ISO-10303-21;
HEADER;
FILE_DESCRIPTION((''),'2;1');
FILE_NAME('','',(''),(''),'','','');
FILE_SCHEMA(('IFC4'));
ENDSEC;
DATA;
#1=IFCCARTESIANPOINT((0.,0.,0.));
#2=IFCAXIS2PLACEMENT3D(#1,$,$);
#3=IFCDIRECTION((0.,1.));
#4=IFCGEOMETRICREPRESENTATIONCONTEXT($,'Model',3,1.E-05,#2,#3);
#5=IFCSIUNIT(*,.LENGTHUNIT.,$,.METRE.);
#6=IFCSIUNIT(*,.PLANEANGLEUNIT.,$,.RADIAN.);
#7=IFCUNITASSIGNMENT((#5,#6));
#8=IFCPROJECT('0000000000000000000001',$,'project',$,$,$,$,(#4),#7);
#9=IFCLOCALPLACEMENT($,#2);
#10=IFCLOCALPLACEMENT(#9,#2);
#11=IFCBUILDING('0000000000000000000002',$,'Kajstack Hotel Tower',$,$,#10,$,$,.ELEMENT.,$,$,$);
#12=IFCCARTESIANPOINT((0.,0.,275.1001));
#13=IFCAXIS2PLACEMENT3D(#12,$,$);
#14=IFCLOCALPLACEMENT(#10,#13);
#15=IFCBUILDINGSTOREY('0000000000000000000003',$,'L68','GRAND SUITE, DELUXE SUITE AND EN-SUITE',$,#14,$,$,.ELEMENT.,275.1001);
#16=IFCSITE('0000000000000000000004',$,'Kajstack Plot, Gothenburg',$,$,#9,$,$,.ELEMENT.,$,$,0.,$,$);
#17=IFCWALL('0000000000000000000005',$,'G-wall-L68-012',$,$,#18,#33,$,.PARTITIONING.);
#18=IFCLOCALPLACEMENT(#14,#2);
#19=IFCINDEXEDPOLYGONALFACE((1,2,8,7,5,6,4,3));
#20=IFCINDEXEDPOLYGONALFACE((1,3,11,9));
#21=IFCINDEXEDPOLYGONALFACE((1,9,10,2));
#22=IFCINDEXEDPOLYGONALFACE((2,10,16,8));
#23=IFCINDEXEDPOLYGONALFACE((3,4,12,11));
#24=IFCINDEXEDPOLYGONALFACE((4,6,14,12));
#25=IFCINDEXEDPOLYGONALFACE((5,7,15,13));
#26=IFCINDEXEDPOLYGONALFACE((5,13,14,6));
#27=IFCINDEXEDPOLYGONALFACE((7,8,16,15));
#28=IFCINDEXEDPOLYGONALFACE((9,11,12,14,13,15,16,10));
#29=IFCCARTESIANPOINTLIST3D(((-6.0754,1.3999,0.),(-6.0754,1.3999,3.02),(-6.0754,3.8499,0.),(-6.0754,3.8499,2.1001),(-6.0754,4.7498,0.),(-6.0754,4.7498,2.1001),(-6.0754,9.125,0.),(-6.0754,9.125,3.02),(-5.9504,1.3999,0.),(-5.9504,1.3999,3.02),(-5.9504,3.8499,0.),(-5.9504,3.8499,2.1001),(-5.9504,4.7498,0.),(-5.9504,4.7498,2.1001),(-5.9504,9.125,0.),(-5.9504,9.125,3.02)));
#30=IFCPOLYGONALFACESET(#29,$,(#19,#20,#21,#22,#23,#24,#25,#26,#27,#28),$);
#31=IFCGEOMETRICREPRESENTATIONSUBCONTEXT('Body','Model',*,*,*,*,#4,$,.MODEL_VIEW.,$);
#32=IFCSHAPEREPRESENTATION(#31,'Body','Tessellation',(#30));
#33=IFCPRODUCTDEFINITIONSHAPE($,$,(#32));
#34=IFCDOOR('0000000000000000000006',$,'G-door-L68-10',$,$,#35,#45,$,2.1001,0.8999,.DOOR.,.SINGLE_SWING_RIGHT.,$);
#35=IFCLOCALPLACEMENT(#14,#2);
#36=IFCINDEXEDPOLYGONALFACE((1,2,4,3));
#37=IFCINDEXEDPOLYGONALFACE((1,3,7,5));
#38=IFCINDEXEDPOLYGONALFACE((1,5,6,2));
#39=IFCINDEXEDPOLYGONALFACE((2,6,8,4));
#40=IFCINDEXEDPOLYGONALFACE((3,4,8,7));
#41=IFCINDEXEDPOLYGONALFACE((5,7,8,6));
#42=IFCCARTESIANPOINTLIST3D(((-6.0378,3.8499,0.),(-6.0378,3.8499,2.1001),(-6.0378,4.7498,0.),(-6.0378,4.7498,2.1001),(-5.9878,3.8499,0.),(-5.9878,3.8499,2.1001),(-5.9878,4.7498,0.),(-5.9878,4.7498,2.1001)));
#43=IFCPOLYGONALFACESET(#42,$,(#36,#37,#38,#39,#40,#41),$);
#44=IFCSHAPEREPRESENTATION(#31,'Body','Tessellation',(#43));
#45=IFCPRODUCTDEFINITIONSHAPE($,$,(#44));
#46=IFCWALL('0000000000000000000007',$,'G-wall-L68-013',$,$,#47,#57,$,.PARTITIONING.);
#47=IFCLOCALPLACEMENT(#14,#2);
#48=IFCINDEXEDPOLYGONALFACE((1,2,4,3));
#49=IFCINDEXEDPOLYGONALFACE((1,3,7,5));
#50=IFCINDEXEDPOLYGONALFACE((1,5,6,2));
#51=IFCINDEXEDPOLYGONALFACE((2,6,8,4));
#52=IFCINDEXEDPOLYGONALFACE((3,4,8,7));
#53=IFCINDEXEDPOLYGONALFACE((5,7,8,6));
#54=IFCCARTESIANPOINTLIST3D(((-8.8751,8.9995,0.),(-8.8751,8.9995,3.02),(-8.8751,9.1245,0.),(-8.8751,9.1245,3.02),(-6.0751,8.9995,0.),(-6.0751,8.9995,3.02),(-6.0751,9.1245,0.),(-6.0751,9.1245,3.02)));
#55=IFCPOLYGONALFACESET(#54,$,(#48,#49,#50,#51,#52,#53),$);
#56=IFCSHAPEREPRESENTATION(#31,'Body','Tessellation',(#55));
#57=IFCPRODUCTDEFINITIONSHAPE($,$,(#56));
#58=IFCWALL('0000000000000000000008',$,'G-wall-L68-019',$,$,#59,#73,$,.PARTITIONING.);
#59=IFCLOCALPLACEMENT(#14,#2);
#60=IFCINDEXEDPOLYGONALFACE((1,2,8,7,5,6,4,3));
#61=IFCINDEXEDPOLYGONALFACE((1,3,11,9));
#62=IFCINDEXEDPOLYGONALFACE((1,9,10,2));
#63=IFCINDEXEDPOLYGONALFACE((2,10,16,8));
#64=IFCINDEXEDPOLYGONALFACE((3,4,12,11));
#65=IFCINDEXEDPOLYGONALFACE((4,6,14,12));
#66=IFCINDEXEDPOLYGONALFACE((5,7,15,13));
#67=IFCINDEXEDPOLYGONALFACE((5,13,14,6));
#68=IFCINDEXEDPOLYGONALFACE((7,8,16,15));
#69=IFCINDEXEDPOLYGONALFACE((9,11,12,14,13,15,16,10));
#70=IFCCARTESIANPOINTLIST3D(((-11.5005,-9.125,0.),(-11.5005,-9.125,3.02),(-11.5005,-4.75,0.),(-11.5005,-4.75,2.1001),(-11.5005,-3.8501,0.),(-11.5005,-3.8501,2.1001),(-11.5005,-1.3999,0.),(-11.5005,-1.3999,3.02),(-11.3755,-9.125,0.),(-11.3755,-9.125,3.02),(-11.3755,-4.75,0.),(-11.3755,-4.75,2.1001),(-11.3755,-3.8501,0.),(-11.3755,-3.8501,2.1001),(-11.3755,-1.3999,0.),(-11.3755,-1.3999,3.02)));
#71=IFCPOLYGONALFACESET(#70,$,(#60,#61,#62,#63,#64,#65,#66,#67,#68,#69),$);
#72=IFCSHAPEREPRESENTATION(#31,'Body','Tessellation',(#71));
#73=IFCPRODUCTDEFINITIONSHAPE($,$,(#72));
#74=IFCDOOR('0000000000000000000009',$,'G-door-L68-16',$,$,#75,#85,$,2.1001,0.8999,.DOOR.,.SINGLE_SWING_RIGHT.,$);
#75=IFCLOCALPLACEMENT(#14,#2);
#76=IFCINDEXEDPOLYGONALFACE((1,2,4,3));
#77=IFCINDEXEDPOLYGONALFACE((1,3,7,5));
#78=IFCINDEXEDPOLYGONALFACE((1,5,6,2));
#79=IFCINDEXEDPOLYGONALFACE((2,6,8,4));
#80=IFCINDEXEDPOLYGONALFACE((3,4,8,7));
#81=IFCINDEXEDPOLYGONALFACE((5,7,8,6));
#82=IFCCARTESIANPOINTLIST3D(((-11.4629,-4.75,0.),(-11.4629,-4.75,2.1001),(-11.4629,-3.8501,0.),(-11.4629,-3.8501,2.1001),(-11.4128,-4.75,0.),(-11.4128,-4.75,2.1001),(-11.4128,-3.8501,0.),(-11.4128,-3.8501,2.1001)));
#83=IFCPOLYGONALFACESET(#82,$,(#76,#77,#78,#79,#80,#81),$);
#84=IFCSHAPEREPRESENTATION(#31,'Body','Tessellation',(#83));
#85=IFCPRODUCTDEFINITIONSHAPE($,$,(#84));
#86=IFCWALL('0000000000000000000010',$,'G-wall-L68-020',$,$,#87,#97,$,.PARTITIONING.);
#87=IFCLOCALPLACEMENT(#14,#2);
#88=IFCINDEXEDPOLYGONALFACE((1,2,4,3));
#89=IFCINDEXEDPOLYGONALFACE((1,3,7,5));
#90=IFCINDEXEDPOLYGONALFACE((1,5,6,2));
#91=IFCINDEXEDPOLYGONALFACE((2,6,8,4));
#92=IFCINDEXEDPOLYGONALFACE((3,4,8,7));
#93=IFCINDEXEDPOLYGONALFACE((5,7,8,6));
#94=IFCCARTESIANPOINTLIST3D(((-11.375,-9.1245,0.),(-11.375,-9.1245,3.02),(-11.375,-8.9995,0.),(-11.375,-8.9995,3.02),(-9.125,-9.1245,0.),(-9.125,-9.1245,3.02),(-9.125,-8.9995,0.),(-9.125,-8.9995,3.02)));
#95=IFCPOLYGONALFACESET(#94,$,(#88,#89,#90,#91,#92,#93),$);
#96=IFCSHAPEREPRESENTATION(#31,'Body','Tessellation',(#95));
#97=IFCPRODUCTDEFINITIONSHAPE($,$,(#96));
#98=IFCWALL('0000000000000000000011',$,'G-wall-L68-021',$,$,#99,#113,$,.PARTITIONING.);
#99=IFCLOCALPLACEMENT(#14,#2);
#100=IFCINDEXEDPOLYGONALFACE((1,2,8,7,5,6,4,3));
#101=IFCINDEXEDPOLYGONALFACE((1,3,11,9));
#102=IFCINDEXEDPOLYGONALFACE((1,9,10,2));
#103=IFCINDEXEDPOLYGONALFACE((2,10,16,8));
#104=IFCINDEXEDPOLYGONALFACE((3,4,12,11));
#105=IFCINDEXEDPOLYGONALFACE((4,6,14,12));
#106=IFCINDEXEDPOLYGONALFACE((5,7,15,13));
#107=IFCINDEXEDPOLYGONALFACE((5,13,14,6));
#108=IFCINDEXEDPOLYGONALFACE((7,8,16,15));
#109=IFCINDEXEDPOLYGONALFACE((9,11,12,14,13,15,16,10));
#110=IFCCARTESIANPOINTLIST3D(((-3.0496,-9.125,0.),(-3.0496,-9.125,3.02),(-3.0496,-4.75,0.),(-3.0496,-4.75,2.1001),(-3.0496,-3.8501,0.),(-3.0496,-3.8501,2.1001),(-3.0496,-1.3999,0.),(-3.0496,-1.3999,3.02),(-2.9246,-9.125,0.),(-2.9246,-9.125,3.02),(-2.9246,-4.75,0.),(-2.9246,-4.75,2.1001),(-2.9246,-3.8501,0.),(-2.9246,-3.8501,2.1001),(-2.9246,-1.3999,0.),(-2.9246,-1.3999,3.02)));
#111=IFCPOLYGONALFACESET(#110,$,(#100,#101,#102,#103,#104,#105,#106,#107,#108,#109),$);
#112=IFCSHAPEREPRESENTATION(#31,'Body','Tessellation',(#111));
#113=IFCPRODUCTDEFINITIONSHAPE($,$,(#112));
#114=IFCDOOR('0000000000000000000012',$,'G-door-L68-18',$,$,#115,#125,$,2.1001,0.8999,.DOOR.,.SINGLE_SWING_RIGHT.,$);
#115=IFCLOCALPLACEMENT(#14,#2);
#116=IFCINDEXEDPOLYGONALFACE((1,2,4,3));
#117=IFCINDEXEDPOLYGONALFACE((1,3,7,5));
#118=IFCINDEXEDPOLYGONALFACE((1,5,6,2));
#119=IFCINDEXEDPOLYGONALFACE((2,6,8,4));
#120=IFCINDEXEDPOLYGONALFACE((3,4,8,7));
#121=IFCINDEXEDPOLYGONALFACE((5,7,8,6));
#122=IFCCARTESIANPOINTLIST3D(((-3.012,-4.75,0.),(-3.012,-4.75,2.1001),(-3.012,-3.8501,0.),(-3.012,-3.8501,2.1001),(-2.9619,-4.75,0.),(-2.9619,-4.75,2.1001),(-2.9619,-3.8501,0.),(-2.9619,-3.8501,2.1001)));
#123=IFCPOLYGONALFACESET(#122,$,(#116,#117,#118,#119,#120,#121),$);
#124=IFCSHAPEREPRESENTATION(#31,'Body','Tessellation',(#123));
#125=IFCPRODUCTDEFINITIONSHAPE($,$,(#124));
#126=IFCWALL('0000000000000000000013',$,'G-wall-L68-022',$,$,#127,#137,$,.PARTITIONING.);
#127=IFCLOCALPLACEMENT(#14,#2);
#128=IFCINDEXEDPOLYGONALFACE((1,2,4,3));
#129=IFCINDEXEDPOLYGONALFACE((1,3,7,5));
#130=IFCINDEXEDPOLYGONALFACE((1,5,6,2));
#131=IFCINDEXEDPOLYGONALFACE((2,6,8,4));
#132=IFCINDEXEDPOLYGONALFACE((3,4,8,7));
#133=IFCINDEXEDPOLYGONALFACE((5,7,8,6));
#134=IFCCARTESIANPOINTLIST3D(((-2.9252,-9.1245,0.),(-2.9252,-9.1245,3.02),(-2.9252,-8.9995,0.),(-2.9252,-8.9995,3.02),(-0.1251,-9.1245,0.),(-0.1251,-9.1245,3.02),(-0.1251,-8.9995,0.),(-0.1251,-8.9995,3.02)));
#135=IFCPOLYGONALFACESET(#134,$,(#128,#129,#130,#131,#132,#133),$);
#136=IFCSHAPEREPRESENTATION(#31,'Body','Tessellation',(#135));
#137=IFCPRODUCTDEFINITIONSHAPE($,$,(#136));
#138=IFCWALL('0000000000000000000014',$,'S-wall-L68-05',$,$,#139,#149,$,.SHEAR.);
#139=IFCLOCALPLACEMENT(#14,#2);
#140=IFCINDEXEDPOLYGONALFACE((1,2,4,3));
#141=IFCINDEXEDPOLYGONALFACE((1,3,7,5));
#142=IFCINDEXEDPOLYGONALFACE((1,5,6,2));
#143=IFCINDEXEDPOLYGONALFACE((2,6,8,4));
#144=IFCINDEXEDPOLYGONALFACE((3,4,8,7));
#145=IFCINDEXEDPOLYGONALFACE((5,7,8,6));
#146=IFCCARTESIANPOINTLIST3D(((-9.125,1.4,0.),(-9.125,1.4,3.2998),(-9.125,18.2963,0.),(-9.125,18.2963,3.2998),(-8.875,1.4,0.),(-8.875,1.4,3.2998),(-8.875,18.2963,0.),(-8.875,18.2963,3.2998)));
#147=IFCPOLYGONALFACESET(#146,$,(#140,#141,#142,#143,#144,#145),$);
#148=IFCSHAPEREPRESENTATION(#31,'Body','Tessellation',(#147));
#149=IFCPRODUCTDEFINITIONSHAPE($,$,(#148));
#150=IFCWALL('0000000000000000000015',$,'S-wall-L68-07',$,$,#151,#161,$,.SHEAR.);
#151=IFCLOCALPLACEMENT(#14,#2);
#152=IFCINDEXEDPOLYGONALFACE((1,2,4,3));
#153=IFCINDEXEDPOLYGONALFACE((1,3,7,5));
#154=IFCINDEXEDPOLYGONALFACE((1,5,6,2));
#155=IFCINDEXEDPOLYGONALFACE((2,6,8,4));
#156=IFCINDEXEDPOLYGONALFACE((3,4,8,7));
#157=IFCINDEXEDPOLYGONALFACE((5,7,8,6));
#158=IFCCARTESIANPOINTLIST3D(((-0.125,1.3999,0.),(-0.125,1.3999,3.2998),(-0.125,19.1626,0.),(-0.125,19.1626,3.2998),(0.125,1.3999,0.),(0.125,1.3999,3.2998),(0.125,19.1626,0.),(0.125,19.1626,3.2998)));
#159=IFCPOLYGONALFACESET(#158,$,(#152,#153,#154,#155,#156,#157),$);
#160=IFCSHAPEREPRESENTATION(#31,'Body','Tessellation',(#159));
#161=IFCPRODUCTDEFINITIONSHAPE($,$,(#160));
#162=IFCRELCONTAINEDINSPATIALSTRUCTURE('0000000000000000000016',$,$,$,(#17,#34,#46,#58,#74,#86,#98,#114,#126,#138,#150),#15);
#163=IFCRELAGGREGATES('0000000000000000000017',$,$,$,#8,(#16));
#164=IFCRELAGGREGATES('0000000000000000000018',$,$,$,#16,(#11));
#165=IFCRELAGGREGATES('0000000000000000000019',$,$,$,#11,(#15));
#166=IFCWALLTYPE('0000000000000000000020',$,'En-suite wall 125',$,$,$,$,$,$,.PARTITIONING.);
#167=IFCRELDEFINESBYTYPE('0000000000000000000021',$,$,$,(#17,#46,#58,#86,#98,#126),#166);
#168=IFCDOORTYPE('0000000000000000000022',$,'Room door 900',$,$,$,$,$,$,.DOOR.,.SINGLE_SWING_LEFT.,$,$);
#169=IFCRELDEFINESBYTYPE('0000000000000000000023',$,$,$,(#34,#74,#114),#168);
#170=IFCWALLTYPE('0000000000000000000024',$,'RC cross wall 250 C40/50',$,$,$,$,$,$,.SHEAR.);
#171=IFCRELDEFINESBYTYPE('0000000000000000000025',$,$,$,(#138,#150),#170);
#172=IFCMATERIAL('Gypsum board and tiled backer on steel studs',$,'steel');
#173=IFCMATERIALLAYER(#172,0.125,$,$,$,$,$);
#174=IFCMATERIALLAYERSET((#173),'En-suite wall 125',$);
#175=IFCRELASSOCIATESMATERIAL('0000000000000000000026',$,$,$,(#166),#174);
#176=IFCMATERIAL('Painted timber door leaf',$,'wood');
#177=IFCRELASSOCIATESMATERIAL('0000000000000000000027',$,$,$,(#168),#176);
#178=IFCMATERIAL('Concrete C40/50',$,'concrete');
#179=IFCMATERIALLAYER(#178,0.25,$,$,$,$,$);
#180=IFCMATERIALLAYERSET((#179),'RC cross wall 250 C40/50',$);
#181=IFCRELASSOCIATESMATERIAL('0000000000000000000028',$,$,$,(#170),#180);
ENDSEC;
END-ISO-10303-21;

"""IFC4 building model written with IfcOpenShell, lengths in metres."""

from ifc_helpers import new_model, si_unit, direction, frame, frame_2d, origin, place, context, subcontext, project, spatial, rectangle, extrude, material, layer, layer_set, type_object, element, fill, save


model = new_model("IFC4")

# Units and contexts
model_context = context("Model", 3, precision=1e-05, world=origin(), true_north=direction((0.0, 1.0)))
body_context = subcontext(model_context, "Body", "Model", "MODEL_VIEW")
ifc_project = project(units=[si_unit("LENGTHUNIT", "METRE"), si_unit("PLANEANGLEUNIT", "RADIAN")], contexts=[model_context])

# Site, building, storey
site_placement = place(None, origin())
site = spatial("IfcSite", under=ifc_project, at=site_placement, Name="Kajstack Plot, Gothenburg", CompositionType="ELEMENT", RefElevation=0.0)
building_placement = place(site_placement, origin())
building = spatial("IfcBuilding", under=site, at=building_placement, Name="Kajstack Hotel Tower", CompositionType="ELEMENT")
storey_placement = place(building_placement, frame((0.0, 0.0, 275.1001)))
storey = spatial("IfcBuildingStorey", under=building, at=storey_placement, Name="L68", Description="GRAND SUITE, DELUXE SUITE AND EN-SUITE", CompositionType="ELEMENT", Elevation=275.1001)

# Wall, opening, door
ifc_material_1 = material(Name="Gypsum board and tiled backer on steel studs", Category="steel")
ifc_layer_1 = layer(ifc_material_1, 0.125)
ifc_layer_set_1 = layer_set([ifc_layer_1], Name="En-suite wall 125")
wall_type_1 = type_object("IfcWallType", Name="En-suite wall 125", PredefinedType="PARTITIONING", material=ifc_layer_set_1)
wall_1_placement = place(storey_placement, frame((-6.0129, 1.3999, 0.0), z_axis=(0.0, 0.0, 1.0), x_axis=(0.0, 1.0, 0.0)))
wall_1 = element("IfcWall", 1, at=wall_1_placement, inside=storey, type_object=wall_type_1, Name="G-wall-L68-012", PredefinedType="PARTITIONING", context=body_context, shape_type="SweptSolid", body=[
    extrude(rectangle(XDim=7.7251, YDim=0.125, at=frame_2d((3.8625, 0.0))), origin(), (0.0, 0.0, 1.0), 3.02),
])
opening_1_placement = place(wall_1_placement, frame((2.45, 0.0, 0.0)))
opening_1 = element("IfcOpeningElement", 2, at=opening_1_placement, cuts=wall_1, PredefinedType="OPENING", context=body_context, shape_type="SweptSolid", body=[
    extrude(rectangle(XDim=0.8999, YDim=2.1001, at=frame_2d((0.45, 1.05))), frame((0.0, 0.0725, 0.0), z_axis=(0.0, -1.0, 0.0), x_axis=(1.0, 0.0, 0.0)), (0.0, 0.0, 1.0), 0.145),
])
ifc_material_2 = material(Name="Painted timber door leaf", Category="wood")
door_type_1 = type_object("IfcDoorType", Name="Room door 900", OperationType="SINGLE_SWING_LEFT", PredefinedType="DOOR", material=ifc_material_2)
door_1_placement = place(opening_1_placement, origin())
door_1 = element("IfcDoor", 3, at=door_1_placement, inside=storey, type_object=door_type_1, Name="G-door-L68-10", OperationType="SINGLE_SWING_RIGHT", OverallHeight=2.1001, OverallWidth=0.8999, PredefinedType="DOOR", context=body_context, shape_type="SweptSolid", body=[
    extrude(rectangle(XDim=0.8999, YDim=2.1001, at=frame_2d((0.45, 1.05))), frame((0.0, 0.0249, 0.0), z_axis=(0.0, -1.0, 0.0), x_axis=(1.0, 0.0, 0.0)), (0.0, 0.0, 1.0), 0.05),
])
fill(opening_1, door_1)

# Wall
wall_2_placement = place(storey_placement, frame((-8.875, 9.062, 0.0), z_axis=(0.0, 0.0, 1.0), x_axis=(1.0, 0.0, 0.0)))
element("IfcWall", 4, at=wall_2_placement, inside=storey, type_object=wall_type_1, Name="G-wall-L68-013", PredefinedType="PARTITIONING", context=body_context, shape_type="SweptSolid", body=[
    extrude(rectangle(XDim=2.8, YDim=0.125, at=frame_2d((1.3999, 0.0))), origin(), (0.0, 0.0, 1.0), 3.02),
])

# Wall, opening, door
wall_3_placement = place(storey_placement, frame((-11.438, -9.125, 0.0), z_axis=(0.0, 0.0, 1.0), x_axis=(0.0, 1.0, 0.0)))
wall_3 = element("IfcWall", 5, at=wall_3_placement, inside=storey, type_object=wall_type_1, Name="G-wall-L68-019", PredefinedType="PARTITIONING", context=body_context, shape_type="SweptSolid", body=[
    extrude(rectangle(XDim=7.7251, YDim=0.125, at=frame_2d((3.8625, 0.0))), origin(), (0.0, 0.0, 1.0), 3.02),
])
opening_2_placement = place(wall_3_placement, frame((4.375, 0.0, 0.0)))
opening_2 = element("IfcOpeningElement", 6, at=opening_2_placement, cuts=wall_3, PredefinedType="OPENING", context=body_context, shape_type="SweptSolid", body=[
    extrude(rectangle(XDim=0.8999, YDim=2.1001, at=frame_2d((0.45, 1.05))), frame((0.0, 0.0725, 0.0), z_axis=(0.0, -1.0, 0.0), x_axis=(1.0, 0.0, 0.0)), (0.0, 0.0, 1.0), 0.145),
])
door_2_placement = place(opening_2_placement, origin())
door_2 = element("IfcDoor", 7, at=door_2_placement, inside=storey, type_object=door_type_1, Name="G-door-L68-16", OperationType="SINGLE_SWING_RIGHT", OverallHeight=2.1001, OverallWidth=0.8999, PredefinedType="DOOR", context=body_context, shape_type="SweptSolid", body=[
    extrude(rectangle(XDim=0.8999, YDim=2.1001, at=frame_2d((0.45, 1.05))), frame((0.0, 0.0249, 0.0), z_axis=(0.0, -1.0, 0.0), x_axis=(1.0, 0.0, 0.0)), (0.0, 0.0, 1.0), 0.05),
])
fill(opening_2, door_2)

# Wall
wall_4_placement = place(storey_placement, frame((-11.375, -9.062, 0.0), z_axis=(0.0, 0.0, 1.0), x_axis=(1.0, 0.0, 0.0)))
element("IfcWall", 8, at=wall_4_placement, inside=storey, type_object=wall_type_1, Name="G-wall-L68-020", PredefinedType="PARTITIONING", context=body_context, shape_type="SweptSolid", body=[
    extrude(rectangle(XDim=2.25, YDim=0.125, at=frame_2d((1.125, 0.0))), origin(), (0.0, 0.0, 1.0), 3.02),
])

# Wall, opening, door
wall_5_placement = place(storey_placement, frame((-2.9871, -9.125, 0.0), z_axis=(0.0, 0.0, 1.0), x_axis=(0.0, 1.0, 0.0)))
wall_5 = element("IfcWall", 9, at=wall_5_placement, inside=storey, type_object=wall_type_1, Name="G-wall-L68-021", PredefinedType="PARTITIONING", context=body_context, shape_type="SweptSolid", body=[
    extrude(rectangle(XDim=7.7251, YDim=0.125, at=frame_2d((3.8625, 0.0))), origin(), (0.0, 0.0, 1.0), 3.02),
])
opening_3_placement = place(wall_5_placement, frame((4.375, 0.0, 0.0)))
opening_3 = element("IfcOpeningElement", 10, at=opening_3_placement, cuts=wall_5, PredefinedType="OPENING", context=body_context, shape_type="SweptSolid", body=[
    extrude(rectangle(XDim=0.8999, YDim=2.1001, at=frame_2d((0.45, 1.05))), frame((0.0, 0.0725, 0.0), z_axis=(0.0, -1.0, 0.0), x_axis=(1.0, 0.0, 0.0)), (0.0, 0.0, 1.0), 0.145),
])
door_3_placement = place(opening_3_placement, origin())
door_3 = element("IfcDoor", 11, at=door_3_placement, inside=storey, type_object=door_type_1, Name="G-door-L68-18", OperationType="SINGLE_SWING_RIGHT", OverallHeight=2.1001, OverallWidth=0.8999, PredefinedType="DOOR", context=body_context, shape_type="SweptSolid", body=[
    extrude(rectangle(XDim=0.8999, YDim=2.1001, at=frame_2d((0.45, 1.05))), frame((0.0, 0.0249, 0.0), z_axis=(0.0, -1.0, 0.0), x_axis=(1.0, 0.0, 0.0)), (0.0, 0.0, 1.0), 0.05),
])
fill(opening_3, door_3)

# Walls
wall_6_placement = place(storey_placement, frame((-2.925, -9.062, 0.0), z_axis=(0.0, 0.0, 1.0), x_axis=(1.0, 0.0, 0.0)))
element("IfcWall", 12, at=wall_6_placement, inside=storey, type_object=wall_type_1, Name="G-wall-L68-022", PredefinedType="PARTITIONING", context=body_context, shape_type="SweptSolid", body=[
    extrude(rectangle(XDim=2.8, YDim=0.125, at=frame_2d((1.3999, 0.0))), origin(), (0.0, 0.0, 1.0), 3.02),
])
ifc_material_3 = material(Name="Concrete C40/50", Category="concrete")
ifc_layer_2 = layer(ifc_material_3, 0.25)
ifc_layer_set_2 = layer_set([ifc_layer_2], Name="RC cross wall 250 C40/50")
wall_type_2 = type_object("IfcWallType", Name="RC cross wall 250 C40/50", PredefinedType="SHEAR", material=ifc_layer_set_2)
wall_7_placement = place(storey_placement, frame((-9.0, 1.3999, 0.0), z_axis=(0.0, 0.0, 1.0), x_axis=(0.0, 1.0, 0.0)))
element("IfcWall", 13, at=wall_7_placement, inside=storey, type_object=wall_type_2, Name="S-wall-L68-05", PredefinedType="SHEAR", context=body_context, shape_type="SweptSolid", body=[
    extrude(rectangle(XDim=16.8962, YDim=0.25, at=frame_2d((8.4482, 0.0))), origin(), (0.0, 0.0, 1.0), 3.2998),
])
wall_8_placement = place(storey_placement, frame((0.0, 1.3999, 0.0), z_axis=(0.0, 0.0, 1.0), x_axis=(0.0, 1.0, 0.0)))
element("IfcWall", 14, at=wall_8_placement, inside=storey, type_object=wall_type_2, Name="S-wall-L68-07", PredefinedType="SHEAR", context=body_context, shape_type="SweptSolid", body=[
    extrude(rectangle(XDim=17.7627, YDim=0.25, at=frame_2d((8.8813, 0.0))), origin(), (0.0, 0.0, 1.0), 3.2998),
])

save(model, "model.ifc")
